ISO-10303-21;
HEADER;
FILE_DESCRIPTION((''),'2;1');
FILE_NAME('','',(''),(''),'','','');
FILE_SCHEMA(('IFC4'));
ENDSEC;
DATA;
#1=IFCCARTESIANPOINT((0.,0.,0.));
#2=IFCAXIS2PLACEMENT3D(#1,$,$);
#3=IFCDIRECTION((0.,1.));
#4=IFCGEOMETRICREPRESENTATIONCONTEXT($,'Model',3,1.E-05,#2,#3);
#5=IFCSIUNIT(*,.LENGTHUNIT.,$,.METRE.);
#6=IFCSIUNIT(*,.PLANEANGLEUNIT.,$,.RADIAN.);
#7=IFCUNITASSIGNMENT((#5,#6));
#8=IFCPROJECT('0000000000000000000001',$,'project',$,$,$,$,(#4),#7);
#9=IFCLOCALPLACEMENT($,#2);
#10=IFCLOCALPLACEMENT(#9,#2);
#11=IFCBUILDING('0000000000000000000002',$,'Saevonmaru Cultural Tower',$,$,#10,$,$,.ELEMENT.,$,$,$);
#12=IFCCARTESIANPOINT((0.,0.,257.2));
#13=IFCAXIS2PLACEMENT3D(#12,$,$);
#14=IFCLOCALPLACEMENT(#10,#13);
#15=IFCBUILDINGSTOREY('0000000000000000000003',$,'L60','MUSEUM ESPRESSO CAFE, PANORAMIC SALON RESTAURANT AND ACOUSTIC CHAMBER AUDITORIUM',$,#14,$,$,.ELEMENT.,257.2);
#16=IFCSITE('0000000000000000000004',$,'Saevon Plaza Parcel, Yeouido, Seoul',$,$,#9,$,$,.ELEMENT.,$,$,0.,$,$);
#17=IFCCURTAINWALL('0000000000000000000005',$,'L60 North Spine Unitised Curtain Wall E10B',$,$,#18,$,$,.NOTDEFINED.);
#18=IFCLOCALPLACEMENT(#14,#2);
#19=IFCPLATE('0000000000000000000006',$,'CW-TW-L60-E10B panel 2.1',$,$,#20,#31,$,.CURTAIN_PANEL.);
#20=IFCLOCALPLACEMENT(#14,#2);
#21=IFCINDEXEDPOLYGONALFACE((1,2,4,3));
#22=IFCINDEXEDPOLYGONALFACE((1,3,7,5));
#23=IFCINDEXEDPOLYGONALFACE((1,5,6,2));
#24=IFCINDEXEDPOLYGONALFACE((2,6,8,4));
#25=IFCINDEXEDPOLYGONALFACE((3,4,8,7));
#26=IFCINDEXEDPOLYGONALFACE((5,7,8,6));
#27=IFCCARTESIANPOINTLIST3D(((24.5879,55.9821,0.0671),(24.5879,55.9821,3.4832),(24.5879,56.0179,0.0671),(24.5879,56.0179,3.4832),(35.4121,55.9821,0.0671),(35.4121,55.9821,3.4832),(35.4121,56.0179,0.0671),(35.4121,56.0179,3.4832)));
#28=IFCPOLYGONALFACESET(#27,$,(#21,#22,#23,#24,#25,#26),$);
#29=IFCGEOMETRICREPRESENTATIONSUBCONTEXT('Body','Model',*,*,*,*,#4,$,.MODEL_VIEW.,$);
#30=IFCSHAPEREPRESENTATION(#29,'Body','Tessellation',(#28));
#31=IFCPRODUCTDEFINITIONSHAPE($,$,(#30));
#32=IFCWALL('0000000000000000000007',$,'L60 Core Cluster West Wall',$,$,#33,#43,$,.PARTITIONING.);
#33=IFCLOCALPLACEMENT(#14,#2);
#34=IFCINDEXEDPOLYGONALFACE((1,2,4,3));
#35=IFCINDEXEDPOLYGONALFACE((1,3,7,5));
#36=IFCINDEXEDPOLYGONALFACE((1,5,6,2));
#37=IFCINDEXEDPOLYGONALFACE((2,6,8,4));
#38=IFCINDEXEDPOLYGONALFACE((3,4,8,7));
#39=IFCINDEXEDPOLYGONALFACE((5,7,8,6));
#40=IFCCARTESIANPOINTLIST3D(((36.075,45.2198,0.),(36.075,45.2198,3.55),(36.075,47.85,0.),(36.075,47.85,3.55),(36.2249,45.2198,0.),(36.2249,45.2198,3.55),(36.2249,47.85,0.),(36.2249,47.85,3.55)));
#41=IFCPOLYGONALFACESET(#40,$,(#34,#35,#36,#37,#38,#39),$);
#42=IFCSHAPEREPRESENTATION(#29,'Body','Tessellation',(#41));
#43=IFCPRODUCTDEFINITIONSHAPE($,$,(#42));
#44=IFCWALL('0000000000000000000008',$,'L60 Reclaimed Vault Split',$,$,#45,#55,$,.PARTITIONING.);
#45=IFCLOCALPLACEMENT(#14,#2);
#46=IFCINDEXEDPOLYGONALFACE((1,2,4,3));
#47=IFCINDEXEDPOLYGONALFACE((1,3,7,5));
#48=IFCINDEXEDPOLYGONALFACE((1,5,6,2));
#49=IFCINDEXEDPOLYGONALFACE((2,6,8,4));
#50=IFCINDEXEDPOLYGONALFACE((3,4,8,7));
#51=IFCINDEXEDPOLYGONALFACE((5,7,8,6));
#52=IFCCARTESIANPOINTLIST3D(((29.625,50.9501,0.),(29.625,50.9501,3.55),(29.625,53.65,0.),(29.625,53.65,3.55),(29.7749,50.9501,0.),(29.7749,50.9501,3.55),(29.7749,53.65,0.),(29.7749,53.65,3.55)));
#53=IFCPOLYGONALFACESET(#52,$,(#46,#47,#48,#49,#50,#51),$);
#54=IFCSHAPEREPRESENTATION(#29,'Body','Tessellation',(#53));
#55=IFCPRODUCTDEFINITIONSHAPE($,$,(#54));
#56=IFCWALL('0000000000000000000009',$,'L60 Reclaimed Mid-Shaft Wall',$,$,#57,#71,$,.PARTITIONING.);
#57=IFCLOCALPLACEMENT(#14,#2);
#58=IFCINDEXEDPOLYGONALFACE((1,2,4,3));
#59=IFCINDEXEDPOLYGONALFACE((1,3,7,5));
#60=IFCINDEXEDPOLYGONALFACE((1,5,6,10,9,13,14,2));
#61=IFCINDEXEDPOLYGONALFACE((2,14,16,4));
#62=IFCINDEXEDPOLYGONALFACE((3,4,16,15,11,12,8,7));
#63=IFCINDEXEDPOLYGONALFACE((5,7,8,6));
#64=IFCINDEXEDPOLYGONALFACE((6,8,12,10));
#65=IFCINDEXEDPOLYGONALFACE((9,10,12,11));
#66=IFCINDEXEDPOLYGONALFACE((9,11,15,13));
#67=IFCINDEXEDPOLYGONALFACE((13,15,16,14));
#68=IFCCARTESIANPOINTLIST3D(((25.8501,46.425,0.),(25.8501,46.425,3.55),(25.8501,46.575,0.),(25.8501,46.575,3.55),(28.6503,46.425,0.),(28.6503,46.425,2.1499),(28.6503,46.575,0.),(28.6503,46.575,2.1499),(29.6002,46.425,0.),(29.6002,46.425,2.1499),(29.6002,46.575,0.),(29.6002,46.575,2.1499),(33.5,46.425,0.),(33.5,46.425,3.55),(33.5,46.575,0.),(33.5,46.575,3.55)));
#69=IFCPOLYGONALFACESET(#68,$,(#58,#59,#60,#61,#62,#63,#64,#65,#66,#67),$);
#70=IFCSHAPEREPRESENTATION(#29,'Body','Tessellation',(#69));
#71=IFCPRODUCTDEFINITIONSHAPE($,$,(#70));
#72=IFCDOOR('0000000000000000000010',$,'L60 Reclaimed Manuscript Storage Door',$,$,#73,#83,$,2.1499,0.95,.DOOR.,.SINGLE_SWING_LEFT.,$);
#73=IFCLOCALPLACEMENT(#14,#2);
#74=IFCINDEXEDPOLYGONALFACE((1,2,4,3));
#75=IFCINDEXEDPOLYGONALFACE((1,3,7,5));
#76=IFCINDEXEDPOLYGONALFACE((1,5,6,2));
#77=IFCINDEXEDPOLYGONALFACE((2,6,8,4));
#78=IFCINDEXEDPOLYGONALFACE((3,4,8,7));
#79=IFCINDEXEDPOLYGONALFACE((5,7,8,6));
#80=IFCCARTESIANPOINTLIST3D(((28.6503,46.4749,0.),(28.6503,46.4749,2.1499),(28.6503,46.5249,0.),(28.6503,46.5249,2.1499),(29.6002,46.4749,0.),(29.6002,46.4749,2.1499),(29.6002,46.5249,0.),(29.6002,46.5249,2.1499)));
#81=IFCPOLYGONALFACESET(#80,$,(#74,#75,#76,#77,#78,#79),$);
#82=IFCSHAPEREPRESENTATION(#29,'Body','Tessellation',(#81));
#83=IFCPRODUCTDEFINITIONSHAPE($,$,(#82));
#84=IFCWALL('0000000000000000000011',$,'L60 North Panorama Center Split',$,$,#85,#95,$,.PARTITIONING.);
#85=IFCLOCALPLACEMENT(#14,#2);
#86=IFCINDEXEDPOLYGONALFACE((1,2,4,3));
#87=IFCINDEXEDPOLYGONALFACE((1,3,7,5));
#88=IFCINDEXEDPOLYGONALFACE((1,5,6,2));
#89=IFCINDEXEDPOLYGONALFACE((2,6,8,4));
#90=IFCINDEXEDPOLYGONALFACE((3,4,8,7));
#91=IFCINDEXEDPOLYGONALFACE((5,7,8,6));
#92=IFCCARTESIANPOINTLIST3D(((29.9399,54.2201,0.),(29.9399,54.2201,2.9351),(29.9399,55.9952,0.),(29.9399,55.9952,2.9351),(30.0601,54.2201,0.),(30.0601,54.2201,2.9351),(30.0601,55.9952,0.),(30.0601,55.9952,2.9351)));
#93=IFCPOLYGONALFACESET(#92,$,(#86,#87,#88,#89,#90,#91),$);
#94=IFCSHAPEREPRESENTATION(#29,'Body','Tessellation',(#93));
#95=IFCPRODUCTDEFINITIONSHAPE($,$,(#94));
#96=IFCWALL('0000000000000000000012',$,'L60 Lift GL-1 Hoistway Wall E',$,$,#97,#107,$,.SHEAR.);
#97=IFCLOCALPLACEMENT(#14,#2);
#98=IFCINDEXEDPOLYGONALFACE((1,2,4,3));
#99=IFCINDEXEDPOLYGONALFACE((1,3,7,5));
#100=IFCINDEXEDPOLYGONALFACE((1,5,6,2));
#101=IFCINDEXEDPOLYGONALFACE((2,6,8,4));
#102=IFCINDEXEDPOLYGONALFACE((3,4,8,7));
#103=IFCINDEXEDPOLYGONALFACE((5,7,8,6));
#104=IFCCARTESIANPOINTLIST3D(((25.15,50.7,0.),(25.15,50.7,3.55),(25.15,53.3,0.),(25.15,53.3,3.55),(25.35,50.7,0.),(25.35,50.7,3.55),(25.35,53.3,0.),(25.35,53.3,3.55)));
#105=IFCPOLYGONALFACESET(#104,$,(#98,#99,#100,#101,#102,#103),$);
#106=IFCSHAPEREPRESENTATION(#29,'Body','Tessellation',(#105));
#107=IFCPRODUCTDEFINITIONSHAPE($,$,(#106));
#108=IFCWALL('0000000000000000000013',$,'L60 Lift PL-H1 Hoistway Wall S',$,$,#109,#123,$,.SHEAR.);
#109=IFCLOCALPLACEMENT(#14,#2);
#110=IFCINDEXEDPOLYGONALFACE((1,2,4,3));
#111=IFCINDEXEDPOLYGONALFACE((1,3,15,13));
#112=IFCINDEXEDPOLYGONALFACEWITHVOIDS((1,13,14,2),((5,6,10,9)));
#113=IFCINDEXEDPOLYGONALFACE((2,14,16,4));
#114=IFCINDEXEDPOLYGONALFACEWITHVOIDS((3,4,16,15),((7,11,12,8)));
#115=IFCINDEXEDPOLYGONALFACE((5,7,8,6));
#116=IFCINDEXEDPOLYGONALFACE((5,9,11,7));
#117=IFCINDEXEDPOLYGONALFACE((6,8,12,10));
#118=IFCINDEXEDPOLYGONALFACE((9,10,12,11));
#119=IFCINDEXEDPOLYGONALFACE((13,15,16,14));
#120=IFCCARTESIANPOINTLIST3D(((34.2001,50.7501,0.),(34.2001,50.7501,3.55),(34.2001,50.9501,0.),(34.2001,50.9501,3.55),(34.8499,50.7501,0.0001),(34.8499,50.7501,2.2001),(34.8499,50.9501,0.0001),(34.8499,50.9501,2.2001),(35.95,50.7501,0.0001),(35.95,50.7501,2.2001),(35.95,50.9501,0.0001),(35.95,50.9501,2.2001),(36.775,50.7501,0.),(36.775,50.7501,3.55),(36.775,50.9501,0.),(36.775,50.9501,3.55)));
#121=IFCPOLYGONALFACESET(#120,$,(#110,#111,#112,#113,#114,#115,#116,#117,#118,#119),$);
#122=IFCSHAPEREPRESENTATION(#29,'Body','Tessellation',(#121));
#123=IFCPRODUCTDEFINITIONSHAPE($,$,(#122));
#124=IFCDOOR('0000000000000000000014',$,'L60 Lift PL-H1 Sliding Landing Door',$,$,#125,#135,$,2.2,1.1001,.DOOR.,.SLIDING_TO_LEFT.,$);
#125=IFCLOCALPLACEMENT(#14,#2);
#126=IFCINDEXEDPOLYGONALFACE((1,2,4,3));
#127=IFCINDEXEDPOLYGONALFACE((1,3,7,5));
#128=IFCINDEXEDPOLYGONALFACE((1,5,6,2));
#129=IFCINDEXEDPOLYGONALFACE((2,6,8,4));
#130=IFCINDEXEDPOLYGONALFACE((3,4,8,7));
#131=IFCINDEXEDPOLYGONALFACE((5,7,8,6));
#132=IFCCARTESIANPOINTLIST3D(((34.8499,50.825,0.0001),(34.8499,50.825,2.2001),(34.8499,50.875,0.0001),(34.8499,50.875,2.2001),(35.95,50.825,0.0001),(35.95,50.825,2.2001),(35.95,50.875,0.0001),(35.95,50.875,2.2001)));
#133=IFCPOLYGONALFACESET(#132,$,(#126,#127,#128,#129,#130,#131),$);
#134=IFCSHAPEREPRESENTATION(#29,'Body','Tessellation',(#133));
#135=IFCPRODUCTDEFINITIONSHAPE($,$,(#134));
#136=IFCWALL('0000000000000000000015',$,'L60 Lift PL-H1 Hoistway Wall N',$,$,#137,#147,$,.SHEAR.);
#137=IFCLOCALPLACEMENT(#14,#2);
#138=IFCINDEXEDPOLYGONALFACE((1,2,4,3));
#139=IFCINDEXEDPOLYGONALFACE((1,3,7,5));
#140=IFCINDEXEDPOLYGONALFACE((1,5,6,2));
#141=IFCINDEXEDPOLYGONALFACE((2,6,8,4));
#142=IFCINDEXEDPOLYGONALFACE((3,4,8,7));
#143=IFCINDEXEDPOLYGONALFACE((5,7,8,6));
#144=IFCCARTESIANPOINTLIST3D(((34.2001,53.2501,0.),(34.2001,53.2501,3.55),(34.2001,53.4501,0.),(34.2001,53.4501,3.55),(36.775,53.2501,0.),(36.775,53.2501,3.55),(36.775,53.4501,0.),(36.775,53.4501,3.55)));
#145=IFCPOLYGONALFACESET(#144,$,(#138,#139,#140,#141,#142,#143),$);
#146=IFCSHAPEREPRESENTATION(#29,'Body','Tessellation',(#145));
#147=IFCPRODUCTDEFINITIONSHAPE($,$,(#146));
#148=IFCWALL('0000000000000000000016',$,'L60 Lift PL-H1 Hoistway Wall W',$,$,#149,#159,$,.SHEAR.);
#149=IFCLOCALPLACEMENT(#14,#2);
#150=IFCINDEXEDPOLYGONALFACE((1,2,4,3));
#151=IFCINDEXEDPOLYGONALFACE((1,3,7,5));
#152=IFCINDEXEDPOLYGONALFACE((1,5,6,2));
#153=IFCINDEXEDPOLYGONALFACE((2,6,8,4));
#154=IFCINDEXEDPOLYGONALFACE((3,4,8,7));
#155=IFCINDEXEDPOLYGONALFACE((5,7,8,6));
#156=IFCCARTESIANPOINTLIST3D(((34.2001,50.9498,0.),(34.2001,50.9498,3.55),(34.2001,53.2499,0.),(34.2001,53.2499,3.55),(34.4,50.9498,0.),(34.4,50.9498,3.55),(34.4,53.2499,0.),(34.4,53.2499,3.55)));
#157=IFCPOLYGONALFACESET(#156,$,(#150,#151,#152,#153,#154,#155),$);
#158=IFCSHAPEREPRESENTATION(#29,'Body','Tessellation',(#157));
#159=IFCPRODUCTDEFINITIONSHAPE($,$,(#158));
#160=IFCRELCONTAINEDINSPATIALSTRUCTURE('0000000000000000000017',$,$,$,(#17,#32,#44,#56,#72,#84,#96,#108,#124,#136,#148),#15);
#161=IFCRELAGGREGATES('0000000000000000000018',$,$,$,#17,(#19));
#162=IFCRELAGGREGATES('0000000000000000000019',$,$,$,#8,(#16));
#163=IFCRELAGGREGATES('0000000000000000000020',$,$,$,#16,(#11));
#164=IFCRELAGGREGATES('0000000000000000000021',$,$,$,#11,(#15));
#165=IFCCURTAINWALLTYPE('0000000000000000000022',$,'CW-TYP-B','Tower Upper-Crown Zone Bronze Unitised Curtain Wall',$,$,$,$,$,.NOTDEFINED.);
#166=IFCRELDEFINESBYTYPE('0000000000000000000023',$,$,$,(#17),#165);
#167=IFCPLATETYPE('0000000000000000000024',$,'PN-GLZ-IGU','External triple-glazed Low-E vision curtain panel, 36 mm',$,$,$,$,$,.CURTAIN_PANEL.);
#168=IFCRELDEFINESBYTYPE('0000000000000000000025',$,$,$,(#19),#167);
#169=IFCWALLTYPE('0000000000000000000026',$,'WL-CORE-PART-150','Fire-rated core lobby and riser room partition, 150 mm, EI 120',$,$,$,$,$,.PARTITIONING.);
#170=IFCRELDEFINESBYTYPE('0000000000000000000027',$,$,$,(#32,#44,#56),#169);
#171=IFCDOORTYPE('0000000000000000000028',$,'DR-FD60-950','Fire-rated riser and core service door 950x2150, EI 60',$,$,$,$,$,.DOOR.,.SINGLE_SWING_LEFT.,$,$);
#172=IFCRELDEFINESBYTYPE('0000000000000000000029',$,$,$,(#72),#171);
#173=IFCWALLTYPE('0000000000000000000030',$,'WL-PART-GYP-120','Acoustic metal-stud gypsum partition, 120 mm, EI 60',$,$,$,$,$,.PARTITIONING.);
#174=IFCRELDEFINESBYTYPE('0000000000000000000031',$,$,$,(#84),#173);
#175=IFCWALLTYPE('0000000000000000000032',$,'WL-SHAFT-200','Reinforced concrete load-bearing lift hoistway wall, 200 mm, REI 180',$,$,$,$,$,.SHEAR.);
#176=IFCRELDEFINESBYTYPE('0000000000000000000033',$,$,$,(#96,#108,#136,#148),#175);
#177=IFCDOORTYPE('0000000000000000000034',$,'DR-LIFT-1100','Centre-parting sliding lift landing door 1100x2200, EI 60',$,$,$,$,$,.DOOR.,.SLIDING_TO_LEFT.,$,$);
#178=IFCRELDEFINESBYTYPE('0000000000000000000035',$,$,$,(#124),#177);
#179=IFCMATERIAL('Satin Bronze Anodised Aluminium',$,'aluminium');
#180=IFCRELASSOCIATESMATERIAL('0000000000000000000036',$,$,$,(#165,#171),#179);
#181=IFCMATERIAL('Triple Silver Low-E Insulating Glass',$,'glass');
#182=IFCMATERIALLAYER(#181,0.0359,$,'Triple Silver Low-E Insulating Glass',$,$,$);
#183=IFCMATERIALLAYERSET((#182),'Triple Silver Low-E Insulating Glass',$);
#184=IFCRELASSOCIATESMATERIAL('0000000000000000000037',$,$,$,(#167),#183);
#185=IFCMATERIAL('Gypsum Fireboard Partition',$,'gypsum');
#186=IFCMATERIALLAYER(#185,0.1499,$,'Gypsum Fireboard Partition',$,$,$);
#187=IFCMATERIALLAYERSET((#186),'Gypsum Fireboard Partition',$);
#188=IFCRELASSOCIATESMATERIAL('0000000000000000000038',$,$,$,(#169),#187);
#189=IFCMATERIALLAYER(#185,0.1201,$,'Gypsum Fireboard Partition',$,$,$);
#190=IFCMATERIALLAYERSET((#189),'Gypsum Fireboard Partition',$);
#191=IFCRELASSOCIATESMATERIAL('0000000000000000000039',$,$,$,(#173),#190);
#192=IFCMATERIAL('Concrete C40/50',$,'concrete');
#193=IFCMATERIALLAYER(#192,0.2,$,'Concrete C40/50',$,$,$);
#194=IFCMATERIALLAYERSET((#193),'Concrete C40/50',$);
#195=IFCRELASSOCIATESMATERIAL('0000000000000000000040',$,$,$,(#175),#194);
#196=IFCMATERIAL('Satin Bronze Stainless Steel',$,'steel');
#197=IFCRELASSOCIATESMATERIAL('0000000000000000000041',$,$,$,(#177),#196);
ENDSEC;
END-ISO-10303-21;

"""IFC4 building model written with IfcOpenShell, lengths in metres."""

from ifc_helpers import new_model, si_unit, direction, frame, frame_2d, origin, origin_2d, place, context, subcontext, project, spatial, rectangle, extrude, material, layer, layer_set, type_object, element, fill, aggregate, save


model = new_model("IFC4")

# Units and contexts
model_context = context("Model", 3, precision=1e-05, world=origin(), true_north=direction((0.0, 1.0)))
body_context = subcontext(model_context, "Body", "Model", "MODEL_VIEW")
ifc_project = project(units=[si_unit("LENGTHUNIT", "METRE"), si_unit("PLANEANGLEUNIT", "RADIAN")], contexts=[model_context])

# Site, building, storey
site_placement = place(None, origin())
site = spatial("IfcSite", under=ifc_project, at=site_placement, Name="Saevon Plaza Parcel, Yeouido, Seoul", CompositionType="ELEMENT", RefElevation=0.0)
building_placement = place(site_placement, origin())
building = spatial("IfcBuilding", under=site, at=building_placement, Name="Saevonmaru Cultural Tower", CompositionType="ELEMENT")
storey_placement = place(building_placement, frame((0.0, 0.0, 257.2)))
storey = spatial("IfcBuildingStorey", under=building, at=storey_placement, Name="L60", Description="MUSEUM ESPRESSO CAFE, PANORAMIC SALON RESTAURANT AND ACOUSTIC CHAMBER AUDITORIUM", CompositionType="ELEMENT", Elevation=257.2)

# Curtain wall
ifc_material_1 = material(Name="Satin Bronze Anodised Aluminium", Category="aluminium")
curtain_wall_type = type_object("IfcCurtainWallType", Name="CW-TYP-B", Description="Tower Upper-Crown Zone Bronze Unitised Curtain Wall", PredefinedType="NOTDEFINED", material=ifc_material_1)
curtain_wall_placement = place(storey_placement, origin())
curtain_wall = element("IfcCurtainWall", 1, at=curtain_wall_placement, inside=storey, type_object=curtain_wall_type, Name="L60 North Spine Unitised Curtain Wall E10B", PredefinedType="NOTDEFINED")

# Plate
ifc_material_2 = material(Name="Triple Silver Low-E Insulating Glass", Category="glass")
ifc_layer_1 = layer(ifc_material_2, 0.0359, Name="Triple Silver Low-E Insulating Glass")
ifc_layer_set_1 = layer_set([ifc_layer_1], Name="Triple Silver Low-E Insulating Glass")
plate_type_1 = type_object("IfcPlateType", Name="PN-GLZ-IGU", Description="External triple-glazed Low-E vision curtain panel, 36 mm", PredefinedType="CURTAIN_PANEL", material=ifc_layer_set_1)
plate_1_placement = place(storey_placement, frame((30.0, 56.0, 0.0671), z_axis=(0.0, 0.0, 1.0), x_axis=(-1.0, 0.0, 0.0)))
plate_1 = element("IfcPlate", 2, at=plate_1_placement, type_object=plate_type_1, Name="CW-TW-L60-E10B panel 2.1", PredefinedType="CURTAIN_PANEL", context=body_context, shape_type="SweptSolid", body=[
    extrude(rectangle(XDim=10.8242, YDim=0.0359, at=origin_2d()), origin(), (0.0, 0.0, 1.0), 3.416),
])
aggregate(curtain_wall, [plate_1])

# Shared definitions
ifc_material_3 = material(Name="Gypsum Fireboard Partition", Category="gypsum")
ifc_layer_2 = layer(ifc_material_3, 0.1499, Name="Gypsum Fireboard Partition")
ifc_layer_set_2 = layer_set([ifc_layer_2], Name="Gypsum Fireboard Partition")
wall_type_1 = type_object("IfcWallType", Name="WL-CORE-PART-150", Description="Fire-rated core lobby and riser room partition, 150 mm, EI 120", PredefinedType="PARTITIONING", material=ifc_layer_set_2)
door_type_1 = type_object("IfcDoorType", Name="DR-FD60-950", Description="Fire-rated riser and core service door 950x2150, EI 60", OperationType="SINGLE_SWING_LEFT", PredefinedType="DOOR", material=ifc_material_1)

# Wall
wall_1_placement = place(storey_placement, frame((36.1499, 45.22, 0.0), z_axis=(0.0, 0.0, 1.0), x_axis=(0.0, 1.0, 0.0)))
element("IfcWall", 3, at=wall_1_placement, inside=storey, type_object=wall_type_1, Name="L60 Core Cluster West Wall", PredefinedType="PARTITIONING", context=body_context, shape_type="SweptSolid", body=[
    extrude(rectangle(XDim=2.6301, YDim=0.1499, at=frame_2d((1.3149, 0.0))), origin(), (0.0, 0.0, 1.0), 3.55),
])

# Wall
wall_2_placement = place(storey_placement, frame((29.7, 50.95, 0.0), z_axis=(0.0, 0.0, 1.0), x_axis=(0.0, 1.0, 0.0)))
element("IfcWall", 4, at=wall_2_placement, inside=storey, type_object=wall_type_1, Name="L60 Reclaimed Vault Split", PredefinedType="PARTITIONING", context=body_context, shape_type="SweptSolid", body=[
    extrude(rectangle(XDim=2.7, YDim=0.1499, at=frame_2d((1.3501, 0.0))), origin(), (0.0, 0.0, 1.0), 3.55),
])

# Wall, opening, door
wall_3_placement = place(storey_placement, frame((25.8501, 46.5, 0.0), z_axis=(0.0, 0.0, 1.0), x_axis=(1.0, 0.0, 0.0)))
wall_3 = element("IfcWall", 5, at=wall_3_placement, inside=storey, type_object=wall_type_1, Name="L60 Reclaimed Mid-Shaft Wall", PredefinedType="PARTITIONING", context=body_context, shape_type="SweptSolid", body=[
    extrude(rectangle(XDim=7.6499, YDim=0.1499, at=frame_2d((3.825, 0.0))), origin(), (0.0, 0.0, 1.0), 3.55),
])
opening_1_placement = place(wall_3_placement, frame((2.8, 0.0, 0.0)))
opening_1 = element("IfcOpeningElement", 6, at=opening_1_placement, cuts=wall_3, PredefinedType="OPENING", context=body_context, shape_type="SweptSolid", body=[
    extrude(rectangle(XDim=0.95, YDim=2.1499, at=frame_2d((0.4751, 1.075))), frame((0.0, 0.085, 0.0), z_axis=(0.0, -1.0, 0.0), x_axis=(1.0, 0.0, 0.0)), (0.0, 0.0, 1.0), 0.1699),
])
door_1_placement = place(opening_1_placement, origin())
door_1 = element("IfcDoor", 7, at=door_1_placement, inside=storey, type_object=door_type_1, Name="L60 Reclaimed Manuscript Storage Door", OperationType="SINGLE_SWING_LEFT", OverallHeight=2.1499, OverallWidth=0.95, PredefinedType="DOOR", context=body_context, shape_type="SweptSolid", body=[
    extrude(rectangle(XDim=0.95, YDim=2.1499, at=frame_2d((0.4751, 1.075))), frame((0.0, 0.0249, 0.0), z_axis=(0.0, -1.0, 0.0), x_axis=(1.0, 0.0, 0.0)), (0.0, 0.0, 1.0), 0.05),
])
fill(opening_1, door_1)

# Walls
ifc_layer_3 = layer(ifc_material_3, 0.1201, Name="Gypsum Fireboard Partition")
ifc_layer_set_3 = layer_set([ifc_layer_3], Name="Gypsum Fireboard Partition")
wall_type_2 = type_object("IfcWallType", Name="WL-PART-GYP-120", Description="Acoustic metal-stud gypsum partition, 120 mm, EI 60", PredefinedType="PARTITIONING", material=ifc_layer_set_3)
wall_4_placement = place(storey_placement, frame((30.0, 54.22, 0.0), z_axis=(0.0, 0.0, 1.0), x_axis=(0.0, 1.0, 0.0)))
element("IfcWall", 8, at=wall_4_placement, inside=storey, type_object=wall_type_2, Name="L60 North Panorama Center Split", PredefinedType="PARTITIONING", context=body_context, shape_type="SweptSolid", body=[
    extrude(rectangle(XDim=1.7751, YDim=0.1201, at=frame_2d((0.8877, 0.0))), origin(), (0.0, 0.0, 1.0), 2.9351),
])
ifc_material_4 = material(Name="Concrete C40/50", Category="concrete")
ifc_layer_4 = layer(ifc_material_4, 0.2, Name="Concrete C40/50")
ifc_layer_set_4 = layer_set([ifc_layer_4], Name="Concrete C40/50")
wall_type_3 = type_object("IfcWallType", Name="WL-SHAFT-200", Description="Reinforced concrete load-bearing lift hoistway wall, 200 mm, REI 180", PredefinedType="SHEAR", material=ifc_layer_set_4)
wall_5_placement = place(storey_placement, frame((25.25, 50.7, 0.0), z_axis=(0.0, 0.0, 1.0), x_axis=(0.0, 1.0, 0.0)))
element("IfcWall", 9, at=wall_5_placement, inside=storey, type_object=wall_type_3, Name="L60 Lift GL-1 Hoistway Wall E", PredefinedType="SHEAR", context=body_context, shape_type="SweptSolid", body=[
    extrude(rectangle(XDim=2.6001, YDim=0.2, at=frame_2d((1.3, 0.0))), origin(), (0.0, 0.0, 1.0), 3.55),
])

# Wall, opening, door
wall_6_placement = place(storey_placement, frame((34.2, 50.8501, 0.0), z_axis=(0.0, 0.0, 1.0), x_axis=(1.0, 0.0, 0.0)))
wall_6 = element("IfcWall", 10, at=wall_6_placement, inside=storey, type_object=wall_type_3, Name="L60 Lift PL-H1 Hoistway Wall S", PredefinedType="SHEAR", context=body_context, shape_type="SweptSolid", body=[
    extrude(rectangle(XDim=2.575, YDim=0.2, at=frame_2d((1.2876, 0.0))), origin(), (0.0, 0.0, 1.0), 3.55),
])
opening_2_placement = place(wall_6_placement, frame((0.6499, 0.0, 0.0)))
opening_2 = element("IfcOpeningElement", 11, at=opening_2_placement, cuts=wall_6, PredefinedType="OPENING", context=body_context, shape_type="SweptSolid", body=[
    extrude(rectangle(XDim=1.1001, YDim=2.2, at=frame_2d((0.55, 1.1001))), frame((0.0, 0.1099, 0.0), z_axis=(0.0, -1.0, 0.0), x_axis=(1.0, 0.0, 0.0)), (0.0, 0.0, 1.0), 0.22),
])
ifc_material_5 = material(Name="Satin Bronze Stainless Steel", Category="steel")
door_type_2 = type_object("IfcDoorType", Name="DR-LIFT-1100", Description="Centre-parting sliding lift landing door 1100x2200, EI 60", OperationType="SLIDING_TO_LEFT", PredefinedType="DOOR", material=ifc_material_5)
door_2_placement = place(opening_2_placement, origin())
door_2 = element("IfcDoor", 12, at=door_2_placement, inside=storey, type_object=door_type_2, Name="L60 Lift PL-H1 Sliding Landing Door", OperationType="SLIDING_TO_LEFT", OverallHeight=2.2, OverallWidth=1.1001, PredefinedType="DOOR", context=body_context, shape_type="SweptSolid", body=[
    extrude(rectangle(XDim=1.1001, YDim=2.2, at=frame_2d((0.55, 1.1001))), frame((0.0, 0.0249, 0.0), z_axis=(0.0, -1.0, 0.0), x_axis=(1.0, 0.0, 0.0)), (0.0, 0.0, 1.0), 0.05),
])
fill(opening_2, door_2)

# Walls
wall_7_placement = place(storey_placement, frame((34.2, 53.3501, 0.0), z_axis=(0.0, 0.0, 1.0), x_axis=(1.0, 0.0, 0.0)))
element("IfcWall", 13, at=wall_7_placement, inside=storey, type_object=wall_type_3, Name="L60 Lift PL-H1 Hoistway Wall N", PredefinedType="SHEAR", context=body_context, shape_type="SweptSolid", body=[
    extrude(rectangle(XDim=2.575, YDim=0.2, at=frame_2d((1.2876, 0.0))), origin(), (0.0, 0.0, 1.0), 3.55),
])
wall_8_placement = place(storey_placement, frame((34.3, 50.95, 0.0), z_axis=(0.0, 0.0, 1.0), x_axis=(0.0, 1.0, 0.0)))
element("IfcWall", 14, at=wall_8_placement, inside=storey, type_object=wall_type_3, Name="L60 Lift PL-H1 Hoistway Wall W", PredefinedType="SHEAR", context=body_context, shape_type="SweptSolid", body=[
    extrude(rectangle(XDim=2.3, YDim=0.2, at=frame_2d((1.1499, 0.0))), origin(), (0.0, 0.0, 1.0), 3.55),
])

save(model, "model.ifc")
